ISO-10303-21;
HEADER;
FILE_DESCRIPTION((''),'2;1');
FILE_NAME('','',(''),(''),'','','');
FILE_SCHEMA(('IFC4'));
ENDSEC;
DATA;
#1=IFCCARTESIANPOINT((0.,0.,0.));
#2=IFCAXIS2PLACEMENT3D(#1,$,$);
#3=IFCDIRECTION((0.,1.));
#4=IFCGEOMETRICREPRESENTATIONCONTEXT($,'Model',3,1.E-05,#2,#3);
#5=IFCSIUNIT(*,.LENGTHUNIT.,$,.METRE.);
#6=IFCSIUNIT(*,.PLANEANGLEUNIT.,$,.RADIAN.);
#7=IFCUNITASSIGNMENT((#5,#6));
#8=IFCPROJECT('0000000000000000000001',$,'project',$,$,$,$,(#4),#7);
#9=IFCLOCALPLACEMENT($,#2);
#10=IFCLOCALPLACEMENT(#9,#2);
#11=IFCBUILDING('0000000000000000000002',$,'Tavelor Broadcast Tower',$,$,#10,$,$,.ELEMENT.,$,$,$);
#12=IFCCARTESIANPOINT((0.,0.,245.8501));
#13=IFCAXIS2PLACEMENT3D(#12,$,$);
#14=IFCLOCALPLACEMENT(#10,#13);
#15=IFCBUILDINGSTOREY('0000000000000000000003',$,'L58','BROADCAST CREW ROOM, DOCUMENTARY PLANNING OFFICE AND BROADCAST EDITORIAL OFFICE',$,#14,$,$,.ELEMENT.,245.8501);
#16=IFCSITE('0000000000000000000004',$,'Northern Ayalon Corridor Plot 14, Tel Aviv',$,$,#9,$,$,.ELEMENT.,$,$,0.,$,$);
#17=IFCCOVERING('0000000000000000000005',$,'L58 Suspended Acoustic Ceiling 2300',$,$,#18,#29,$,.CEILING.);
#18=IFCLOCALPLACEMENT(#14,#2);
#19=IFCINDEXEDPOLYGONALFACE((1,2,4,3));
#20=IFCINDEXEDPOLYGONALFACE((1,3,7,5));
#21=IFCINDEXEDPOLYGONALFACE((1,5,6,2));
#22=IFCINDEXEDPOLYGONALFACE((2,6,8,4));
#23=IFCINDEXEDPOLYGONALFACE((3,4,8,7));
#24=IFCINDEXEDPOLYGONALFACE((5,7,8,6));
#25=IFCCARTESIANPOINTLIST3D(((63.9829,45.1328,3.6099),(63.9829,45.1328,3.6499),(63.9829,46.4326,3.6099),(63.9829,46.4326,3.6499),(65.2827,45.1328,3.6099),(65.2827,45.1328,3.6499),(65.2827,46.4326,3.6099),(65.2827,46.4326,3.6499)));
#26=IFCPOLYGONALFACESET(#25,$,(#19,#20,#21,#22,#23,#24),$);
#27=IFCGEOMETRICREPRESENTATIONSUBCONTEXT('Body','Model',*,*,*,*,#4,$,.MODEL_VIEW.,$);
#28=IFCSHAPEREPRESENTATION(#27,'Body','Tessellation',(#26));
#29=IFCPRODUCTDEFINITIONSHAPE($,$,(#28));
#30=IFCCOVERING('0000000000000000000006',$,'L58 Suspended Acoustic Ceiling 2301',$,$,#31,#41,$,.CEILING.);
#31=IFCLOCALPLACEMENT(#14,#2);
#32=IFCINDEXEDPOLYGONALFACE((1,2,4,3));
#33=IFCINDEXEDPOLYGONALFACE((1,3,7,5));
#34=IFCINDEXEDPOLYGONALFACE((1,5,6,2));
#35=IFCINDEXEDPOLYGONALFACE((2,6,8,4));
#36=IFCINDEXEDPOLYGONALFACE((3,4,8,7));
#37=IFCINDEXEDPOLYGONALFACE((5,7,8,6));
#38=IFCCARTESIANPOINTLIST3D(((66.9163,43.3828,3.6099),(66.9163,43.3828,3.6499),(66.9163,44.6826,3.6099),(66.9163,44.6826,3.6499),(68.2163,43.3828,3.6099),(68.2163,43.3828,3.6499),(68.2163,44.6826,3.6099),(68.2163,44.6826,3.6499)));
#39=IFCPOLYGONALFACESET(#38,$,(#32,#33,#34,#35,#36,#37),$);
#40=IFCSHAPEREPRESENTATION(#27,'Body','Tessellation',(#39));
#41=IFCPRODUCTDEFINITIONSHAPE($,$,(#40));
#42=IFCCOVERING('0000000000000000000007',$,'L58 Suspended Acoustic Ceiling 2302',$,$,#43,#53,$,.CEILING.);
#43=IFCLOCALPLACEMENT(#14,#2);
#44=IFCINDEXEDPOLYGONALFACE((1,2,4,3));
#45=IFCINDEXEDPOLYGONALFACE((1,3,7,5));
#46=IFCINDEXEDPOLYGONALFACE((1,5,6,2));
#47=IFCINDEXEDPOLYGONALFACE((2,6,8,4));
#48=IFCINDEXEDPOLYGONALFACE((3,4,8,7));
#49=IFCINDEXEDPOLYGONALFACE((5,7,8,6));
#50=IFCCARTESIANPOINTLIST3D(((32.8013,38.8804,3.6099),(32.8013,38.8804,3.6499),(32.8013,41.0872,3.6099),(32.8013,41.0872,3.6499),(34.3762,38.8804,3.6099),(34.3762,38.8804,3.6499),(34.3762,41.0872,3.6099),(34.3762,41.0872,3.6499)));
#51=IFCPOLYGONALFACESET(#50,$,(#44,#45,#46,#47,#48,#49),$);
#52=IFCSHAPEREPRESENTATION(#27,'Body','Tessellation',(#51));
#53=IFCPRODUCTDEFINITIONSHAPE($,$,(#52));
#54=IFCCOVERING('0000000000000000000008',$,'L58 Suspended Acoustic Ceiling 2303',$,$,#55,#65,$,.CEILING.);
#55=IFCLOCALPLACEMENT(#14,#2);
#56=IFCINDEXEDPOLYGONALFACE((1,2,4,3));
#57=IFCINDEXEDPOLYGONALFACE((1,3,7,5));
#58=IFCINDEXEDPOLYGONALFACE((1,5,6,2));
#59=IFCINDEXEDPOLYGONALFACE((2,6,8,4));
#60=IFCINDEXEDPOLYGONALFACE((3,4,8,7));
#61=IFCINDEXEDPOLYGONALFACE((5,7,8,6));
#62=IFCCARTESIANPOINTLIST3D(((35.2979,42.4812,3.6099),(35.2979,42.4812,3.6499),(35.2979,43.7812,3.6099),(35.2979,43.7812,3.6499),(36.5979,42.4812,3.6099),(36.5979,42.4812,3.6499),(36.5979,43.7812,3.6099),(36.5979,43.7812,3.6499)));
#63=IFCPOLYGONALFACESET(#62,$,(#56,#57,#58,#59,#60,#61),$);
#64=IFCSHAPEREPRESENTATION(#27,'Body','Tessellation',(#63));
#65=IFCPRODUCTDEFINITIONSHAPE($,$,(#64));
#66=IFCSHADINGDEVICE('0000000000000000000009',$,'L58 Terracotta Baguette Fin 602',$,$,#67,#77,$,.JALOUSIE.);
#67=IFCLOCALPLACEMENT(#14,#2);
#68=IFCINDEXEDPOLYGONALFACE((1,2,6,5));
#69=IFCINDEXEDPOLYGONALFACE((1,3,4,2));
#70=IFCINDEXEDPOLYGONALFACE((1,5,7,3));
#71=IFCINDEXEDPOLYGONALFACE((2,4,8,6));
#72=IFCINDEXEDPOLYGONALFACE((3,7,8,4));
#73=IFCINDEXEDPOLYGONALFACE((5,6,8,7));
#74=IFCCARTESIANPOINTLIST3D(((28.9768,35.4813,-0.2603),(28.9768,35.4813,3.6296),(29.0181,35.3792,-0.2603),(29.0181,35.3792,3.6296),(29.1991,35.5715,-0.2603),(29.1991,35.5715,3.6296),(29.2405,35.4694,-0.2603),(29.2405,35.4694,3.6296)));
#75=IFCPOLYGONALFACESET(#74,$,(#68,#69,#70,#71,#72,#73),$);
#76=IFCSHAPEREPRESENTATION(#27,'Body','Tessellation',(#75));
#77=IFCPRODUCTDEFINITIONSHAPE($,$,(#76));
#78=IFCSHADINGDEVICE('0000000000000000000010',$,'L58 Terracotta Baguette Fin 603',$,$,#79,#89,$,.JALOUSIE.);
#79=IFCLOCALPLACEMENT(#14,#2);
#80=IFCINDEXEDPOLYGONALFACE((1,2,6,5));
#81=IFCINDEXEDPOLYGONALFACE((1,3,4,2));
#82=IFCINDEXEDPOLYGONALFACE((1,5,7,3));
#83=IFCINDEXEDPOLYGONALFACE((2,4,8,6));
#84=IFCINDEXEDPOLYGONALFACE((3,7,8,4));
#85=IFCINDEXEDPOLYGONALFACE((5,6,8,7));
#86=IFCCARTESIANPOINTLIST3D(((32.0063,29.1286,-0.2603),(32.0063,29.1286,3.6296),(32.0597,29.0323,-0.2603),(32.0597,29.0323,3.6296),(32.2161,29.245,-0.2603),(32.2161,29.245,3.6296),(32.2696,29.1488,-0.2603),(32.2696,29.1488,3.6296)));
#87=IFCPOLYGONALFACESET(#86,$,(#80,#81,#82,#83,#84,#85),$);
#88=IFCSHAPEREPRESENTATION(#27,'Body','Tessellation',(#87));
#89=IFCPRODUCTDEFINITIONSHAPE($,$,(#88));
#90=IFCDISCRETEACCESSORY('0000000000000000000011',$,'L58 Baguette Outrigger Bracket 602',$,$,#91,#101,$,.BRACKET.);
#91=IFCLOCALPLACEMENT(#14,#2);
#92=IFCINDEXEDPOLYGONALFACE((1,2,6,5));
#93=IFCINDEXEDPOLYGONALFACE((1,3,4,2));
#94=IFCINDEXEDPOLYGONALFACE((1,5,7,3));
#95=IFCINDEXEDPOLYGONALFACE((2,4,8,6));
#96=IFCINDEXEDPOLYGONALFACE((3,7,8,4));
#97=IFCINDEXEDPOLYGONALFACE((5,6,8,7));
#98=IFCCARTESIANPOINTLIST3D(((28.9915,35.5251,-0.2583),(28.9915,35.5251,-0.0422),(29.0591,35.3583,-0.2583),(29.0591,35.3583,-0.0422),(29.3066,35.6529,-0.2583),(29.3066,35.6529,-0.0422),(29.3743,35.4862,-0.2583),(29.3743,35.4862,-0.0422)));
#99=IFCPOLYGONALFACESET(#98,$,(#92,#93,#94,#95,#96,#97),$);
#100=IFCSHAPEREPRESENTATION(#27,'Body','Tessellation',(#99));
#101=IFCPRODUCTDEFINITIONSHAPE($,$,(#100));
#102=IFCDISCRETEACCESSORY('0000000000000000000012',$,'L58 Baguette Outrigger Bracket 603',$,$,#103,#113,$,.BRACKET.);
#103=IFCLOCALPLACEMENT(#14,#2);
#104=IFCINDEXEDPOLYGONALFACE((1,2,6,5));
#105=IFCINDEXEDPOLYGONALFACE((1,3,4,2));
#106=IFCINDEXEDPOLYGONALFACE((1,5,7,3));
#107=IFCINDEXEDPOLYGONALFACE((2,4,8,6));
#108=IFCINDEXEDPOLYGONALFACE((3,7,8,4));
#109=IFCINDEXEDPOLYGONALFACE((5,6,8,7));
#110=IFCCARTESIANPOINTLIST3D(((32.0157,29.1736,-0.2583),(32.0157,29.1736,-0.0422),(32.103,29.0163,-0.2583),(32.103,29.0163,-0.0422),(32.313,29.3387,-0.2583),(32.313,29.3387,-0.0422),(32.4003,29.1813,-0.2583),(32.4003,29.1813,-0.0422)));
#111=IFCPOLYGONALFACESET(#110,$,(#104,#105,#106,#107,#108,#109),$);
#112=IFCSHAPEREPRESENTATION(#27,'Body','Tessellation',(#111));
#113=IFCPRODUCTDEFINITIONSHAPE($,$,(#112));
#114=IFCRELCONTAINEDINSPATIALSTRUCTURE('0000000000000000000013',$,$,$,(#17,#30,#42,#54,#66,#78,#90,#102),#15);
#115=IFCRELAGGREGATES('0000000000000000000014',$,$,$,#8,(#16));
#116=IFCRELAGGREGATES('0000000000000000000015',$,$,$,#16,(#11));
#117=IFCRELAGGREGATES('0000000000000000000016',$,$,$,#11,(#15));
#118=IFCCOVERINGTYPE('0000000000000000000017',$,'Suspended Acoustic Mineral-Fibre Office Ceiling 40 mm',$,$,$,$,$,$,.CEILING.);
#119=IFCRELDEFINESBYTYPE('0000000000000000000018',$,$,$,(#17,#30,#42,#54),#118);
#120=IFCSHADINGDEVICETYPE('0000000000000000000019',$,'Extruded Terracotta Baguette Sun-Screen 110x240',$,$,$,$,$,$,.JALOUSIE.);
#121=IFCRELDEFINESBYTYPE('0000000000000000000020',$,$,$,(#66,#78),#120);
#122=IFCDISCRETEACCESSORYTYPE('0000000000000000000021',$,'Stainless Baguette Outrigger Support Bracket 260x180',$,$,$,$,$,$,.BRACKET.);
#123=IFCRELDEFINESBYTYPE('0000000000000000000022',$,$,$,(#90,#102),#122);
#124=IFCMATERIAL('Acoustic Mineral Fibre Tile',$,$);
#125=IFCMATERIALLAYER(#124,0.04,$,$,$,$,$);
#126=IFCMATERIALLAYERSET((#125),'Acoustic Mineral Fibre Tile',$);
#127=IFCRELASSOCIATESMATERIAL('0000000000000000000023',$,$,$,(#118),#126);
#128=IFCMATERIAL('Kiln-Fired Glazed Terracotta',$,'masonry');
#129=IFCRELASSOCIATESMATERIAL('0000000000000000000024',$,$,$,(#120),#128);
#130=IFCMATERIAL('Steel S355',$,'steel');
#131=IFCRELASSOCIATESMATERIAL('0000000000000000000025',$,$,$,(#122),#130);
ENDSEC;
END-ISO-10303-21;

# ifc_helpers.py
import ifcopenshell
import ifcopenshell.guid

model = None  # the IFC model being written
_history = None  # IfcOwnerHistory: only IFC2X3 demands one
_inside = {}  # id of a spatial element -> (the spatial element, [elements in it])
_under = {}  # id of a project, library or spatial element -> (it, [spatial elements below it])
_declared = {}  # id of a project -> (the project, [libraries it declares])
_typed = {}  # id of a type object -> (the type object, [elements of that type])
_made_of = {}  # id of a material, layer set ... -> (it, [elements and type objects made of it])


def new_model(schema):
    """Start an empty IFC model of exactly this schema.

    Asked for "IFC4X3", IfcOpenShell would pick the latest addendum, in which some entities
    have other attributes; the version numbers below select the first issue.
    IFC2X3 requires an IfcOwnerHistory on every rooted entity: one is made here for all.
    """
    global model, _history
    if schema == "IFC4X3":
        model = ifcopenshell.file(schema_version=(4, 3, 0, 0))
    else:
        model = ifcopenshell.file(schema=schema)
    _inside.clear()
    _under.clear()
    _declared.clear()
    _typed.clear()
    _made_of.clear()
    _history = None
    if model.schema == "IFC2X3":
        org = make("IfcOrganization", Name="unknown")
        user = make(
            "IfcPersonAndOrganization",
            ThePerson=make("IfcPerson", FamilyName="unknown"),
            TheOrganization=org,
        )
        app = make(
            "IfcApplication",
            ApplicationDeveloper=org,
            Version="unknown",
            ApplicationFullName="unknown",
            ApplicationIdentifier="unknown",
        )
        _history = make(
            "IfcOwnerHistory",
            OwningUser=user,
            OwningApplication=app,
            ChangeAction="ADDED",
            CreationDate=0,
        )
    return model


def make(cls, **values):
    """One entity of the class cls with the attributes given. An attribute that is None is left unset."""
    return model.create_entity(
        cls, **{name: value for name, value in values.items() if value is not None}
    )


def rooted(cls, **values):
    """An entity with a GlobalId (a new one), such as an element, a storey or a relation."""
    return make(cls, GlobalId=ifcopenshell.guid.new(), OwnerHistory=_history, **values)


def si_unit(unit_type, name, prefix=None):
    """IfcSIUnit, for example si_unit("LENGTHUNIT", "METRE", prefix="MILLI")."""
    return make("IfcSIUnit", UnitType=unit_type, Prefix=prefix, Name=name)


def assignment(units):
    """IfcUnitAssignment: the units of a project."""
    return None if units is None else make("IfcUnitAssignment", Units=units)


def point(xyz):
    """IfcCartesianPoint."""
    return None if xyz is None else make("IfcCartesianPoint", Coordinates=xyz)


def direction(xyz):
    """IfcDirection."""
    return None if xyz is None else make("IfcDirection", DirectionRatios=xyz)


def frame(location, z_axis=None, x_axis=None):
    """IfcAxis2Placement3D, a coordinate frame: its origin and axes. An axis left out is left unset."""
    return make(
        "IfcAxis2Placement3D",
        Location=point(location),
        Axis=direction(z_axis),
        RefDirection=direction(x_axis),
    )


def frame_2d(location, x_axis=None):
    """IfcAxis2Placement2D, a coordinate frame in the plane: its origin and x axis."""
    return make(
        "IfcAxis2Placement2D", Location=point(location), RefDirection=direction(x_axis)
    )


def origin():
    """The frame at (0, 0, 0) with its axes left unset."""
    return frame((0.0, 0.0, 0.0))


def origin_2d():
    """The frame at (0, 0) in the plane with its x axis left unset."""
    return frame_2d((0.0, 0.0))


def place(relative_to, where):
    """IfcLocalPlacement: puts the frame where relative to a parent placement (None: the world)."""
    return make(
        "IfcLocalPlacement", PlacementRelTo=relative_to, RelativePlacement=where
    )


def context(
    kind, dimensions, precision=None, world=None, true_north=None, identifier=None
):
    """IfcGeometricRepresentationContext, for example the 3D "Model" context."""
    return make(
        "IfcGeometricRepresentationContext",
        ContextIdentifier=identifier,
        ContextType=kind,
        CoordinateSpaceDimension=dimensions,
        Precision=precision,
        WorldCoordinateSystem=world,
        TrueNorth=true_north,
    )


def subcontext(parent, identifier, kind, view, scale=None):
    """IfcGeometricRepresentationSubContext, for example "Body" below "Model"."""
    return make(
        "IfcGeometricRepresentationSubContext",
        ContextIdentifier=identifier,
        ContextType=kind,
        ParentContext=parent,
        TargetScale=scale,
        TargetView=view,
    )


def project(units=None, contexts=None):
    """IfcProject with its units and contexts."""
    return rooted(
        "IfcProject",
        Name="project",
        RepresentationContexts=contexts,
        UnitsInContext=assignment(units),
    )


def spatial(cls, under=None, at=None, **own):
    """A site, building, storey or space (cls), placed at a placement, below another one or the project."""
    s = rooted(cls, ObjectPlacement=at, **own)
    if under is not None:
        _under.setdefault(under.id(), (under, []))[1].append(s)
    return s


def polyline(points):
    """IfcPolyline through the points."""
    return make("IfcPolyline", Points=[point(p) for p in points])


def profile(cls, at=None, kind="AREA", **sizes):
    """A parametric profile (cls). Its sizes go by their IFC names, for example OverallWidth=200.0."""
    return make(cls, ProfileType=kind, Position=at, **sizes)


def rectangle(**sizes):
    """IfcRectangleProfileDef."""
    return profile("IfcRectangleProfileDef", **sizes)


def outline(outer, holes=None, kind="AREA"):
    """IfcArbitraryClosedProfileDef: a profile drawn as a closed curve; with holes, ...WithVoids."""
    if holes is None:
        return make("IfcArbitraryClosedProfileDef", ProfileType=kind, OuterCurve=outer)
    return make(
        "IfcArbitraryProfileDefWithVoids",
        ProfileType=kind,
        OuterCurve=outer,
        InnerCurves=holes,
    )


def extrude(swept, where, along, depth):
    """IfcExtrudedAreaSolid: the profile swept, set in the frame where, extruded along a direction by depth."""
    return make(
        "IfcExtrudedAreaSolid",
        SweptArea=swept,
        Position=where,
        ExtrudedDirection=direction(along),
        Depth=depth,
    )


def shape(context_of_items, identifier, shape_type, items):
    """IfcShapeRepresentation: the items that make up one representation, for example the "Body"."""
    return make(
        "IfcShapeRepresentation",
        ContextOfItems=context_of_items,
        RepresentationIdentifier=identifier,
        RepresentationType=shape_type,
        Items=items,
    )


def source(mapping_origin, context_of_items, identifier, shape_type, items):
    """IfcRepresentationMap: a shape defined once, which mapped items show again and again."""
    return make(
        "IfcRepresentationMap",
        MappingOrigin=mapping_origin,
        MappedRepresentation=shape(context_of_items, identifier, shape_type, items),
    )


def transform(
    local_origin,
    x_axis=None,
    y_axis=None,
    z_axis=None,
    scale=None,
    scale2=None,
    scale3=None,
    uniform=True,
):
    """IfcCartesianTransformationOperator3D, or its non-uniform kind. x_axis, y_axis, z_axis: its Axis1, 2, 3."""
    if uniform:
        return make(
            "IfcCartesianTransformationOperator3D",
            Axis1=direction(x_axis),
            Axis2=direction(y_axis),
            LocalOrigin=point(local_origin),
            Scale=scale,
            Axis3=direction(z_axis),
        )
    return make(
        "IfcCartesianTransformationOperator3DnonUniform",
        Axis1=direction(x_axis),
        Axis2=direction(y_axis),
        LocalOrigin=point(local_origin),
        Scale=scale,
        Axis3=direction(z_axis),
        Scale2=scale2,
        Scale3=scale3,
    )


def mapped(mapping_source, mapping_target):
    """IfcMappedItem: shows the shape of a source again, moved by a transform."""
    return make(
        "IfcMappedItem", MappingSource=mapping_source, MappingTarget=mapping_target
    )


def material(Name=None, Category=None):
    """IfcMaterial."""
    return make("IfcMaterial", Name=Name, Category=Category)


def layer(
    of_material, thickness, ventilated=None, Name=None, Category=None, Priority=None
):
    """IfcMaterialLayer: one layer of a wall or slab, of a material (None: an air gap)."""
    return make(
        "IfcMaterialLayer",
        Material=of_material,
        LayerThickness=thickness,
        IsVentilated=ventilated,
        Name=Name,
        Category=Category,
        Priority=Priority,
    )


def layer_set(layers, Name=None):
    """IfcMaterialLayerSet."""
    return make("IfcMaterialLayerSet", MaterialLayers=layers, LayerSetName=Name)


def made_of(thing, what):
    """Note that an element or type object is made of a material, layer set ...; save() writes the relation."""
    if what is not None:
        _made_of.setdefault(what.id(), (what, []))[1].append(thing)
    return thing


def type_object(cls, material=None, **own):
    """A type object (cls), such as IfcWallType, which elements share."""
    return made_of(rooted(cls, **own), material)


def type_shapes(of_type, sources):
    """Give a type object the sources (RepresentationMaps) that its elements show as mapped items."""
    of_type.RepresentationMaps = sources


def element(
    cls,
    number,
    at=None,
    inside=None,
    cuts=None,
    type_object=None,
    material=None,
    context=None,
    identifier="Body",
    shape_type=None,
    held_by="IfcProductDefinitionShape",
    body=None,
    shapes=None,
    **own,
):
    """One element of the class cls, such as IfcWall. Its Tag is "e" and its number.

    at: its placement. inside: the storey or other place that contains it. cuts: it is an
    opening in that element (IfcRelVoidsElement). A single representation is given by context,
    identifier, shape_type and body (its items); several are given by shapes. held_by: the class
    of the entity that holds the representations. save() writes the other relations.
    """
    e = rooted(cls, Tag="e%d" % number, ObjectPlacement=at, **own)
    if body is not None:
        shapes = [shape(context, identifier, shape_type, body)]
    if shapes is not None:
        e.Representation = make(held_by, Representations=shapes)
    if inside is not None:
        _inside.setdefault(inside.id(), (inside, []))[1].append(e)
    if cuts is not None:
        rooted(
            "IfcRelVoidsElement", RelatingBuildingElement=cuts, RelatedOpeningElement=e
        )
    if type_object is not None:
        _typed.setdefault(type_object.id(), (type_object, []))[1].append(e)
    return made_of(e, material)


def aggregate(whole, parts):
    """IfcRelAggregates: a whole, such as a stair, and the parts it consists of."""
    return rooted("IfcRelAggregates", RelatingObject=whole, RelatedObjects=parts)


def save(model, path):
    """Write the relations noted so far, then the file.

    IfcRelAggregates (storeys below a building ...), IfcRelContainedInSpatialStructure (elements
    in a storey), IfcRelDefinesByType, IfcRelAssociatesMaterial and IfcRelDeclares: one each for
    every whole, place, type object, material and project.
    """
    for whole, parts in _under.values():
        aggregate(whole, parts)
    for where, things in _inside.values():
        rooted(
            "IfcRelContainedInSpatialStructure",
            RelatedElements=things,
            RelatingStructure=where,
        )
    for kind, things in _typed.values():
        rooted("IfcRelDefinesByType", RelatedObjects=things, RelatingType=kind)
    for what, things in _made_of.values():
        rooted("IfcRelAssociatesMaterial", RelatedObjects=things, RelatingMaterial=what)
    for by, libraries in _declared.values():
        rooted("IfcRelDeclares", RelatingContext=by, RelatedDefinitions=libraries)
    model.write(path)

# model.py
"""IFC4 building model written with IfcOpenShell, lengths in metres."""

from ifc_helpers import new_model, si_unit, direction, frame, origin, origin_2d, place, context, subcontext, project, spatial, polyline, rectangle, outline, extrude, source, transform, mapped, material, layer, layer_set, type_object, type_shapes, element, save


model = new_model("IFC4")

# Units and contexts
model_context = context("Model", 3, precision=1e-05, world=origin(), true_north=direction((0.0, 1.0)))
body_context = subcontext(model_context, "Body", "Model", "MODEL_VIEW")
ifc_project = project(units=[si_unit("LENGTHUNIT", "METRE"), si_unit("PLANEANGLEUNIT", "RADIAN")], contexts=[model_context])

# Site, building, storey
site_placement = place(None, origin())
site = spatial("IfcSite", under=ifc_project, at=site_placement, Name="Northern Ayalon Corridor Plot 14, Tel Aviv", CompositionType="ELEMENT", RefElevation=0.0)
building_placement = place(site_placement, origin())
building = spatial("IfcBuilding", under=site, at=building_placement, Name="Tavelor Broadcast Tower", CompositionType="ELEMENT")
storey_placement = place(building_placement, frame((0.0, 0.0, 245.8501)))
storey = spatial("IfcBuildingStorey", under=building, at=storey_placement, Name="L58", Description="BROADCAST CREW ROOM, DOCUMENTARY PLANNING OFFICE AND BROADCAST EDITORIAL OFFICE", CompositionType="ELEMENT", Elevation=245.8501)

# Coverings
ifc_material_1 = material(Name="Acoustic Mineral Fibre Tile")
ifc_layer_1 = layer(ifc_material_1, 0.04)
ifc_layer_set_1 = layer_set([ifc_layer_1], Name="Acoustic Mineral Fibre Tile")
covering_type_1 = type_object("IfcCoveringType", Name="Suspended Acoustic Mineral-Fibre Office Ceiling 40 mm", PredefinedType="CEILING", material=ifc_layer_set_1)
covering_1_placement = place(storey_placement, frame((0.0, 0.0, 3.6099)))
element("IfcCovering", 1, at=covering_1_placement, inside=storey, type_object=covering_type_1, Name="L58 Suspended Acoustic Ceiling 2300", PredefinedType="CEILING", context=body_context, shape_type="SweptSolid", body=[
    extrude(outline(polyline([(63.9829, 45.1328), (65.2827, 45.1328), (65.2827, 46.4326), (63.9829, 46.4326), (63.9829, 45.1328)])), origin(), (0.0, 0.0, 1.0), 0.04),
])
covering_2_placement = place(storey_placement, frame((0.0, 0.0, 3.6099)))
element("IfcCovering", 2, at=covering_2_placement, inside=storey, type_object=covering_type_1, Name="L58 Suspended Acoustic Ceiling 2301", PredefinedType="CEILING", context=body_context, shape_type="SweptSolid", body=[
    extrude(outline(polyline([(66.9163, 43.3828), (68.2163, 43.3828), (68.2163, 44.6826), (66.9163, 44.6826), (66.9163, 43.3828)])), origin(), (0.0, 0.0, 1.0), 0.04),
])
covering_3_placement = place(storey_placement, frame((0.0, 0.0, 3.6099)))
element("IfcCovering", 3, at=covering_3_placement, inside=storey, type_object=covering_type_1, Name="L58 Suspended Acoustic Ceiling 2302", PredefinedType="CEILING", context=body_context, shape_type="SweptSolid", body=[
    extrude(outline(polyline([(32.8013, 38.8804), (34.3762, 38.8804), (34.3762, 41.0872), (32.8013, 41.0872), (32.8013, 38.8804)])), origin(), (0.0, 0.0, 1.0), 0.04),
])
covering_4_placement = place(storey_placement, frame((0.0, 0.0, 3.6099)))
element("IfcCovering", 4, at=covering_4_placement, inside=storey, type_object=covering_type_1, Name="L58 Suspended Acoustic Ceiling 2303", PredefinedType="CEILING", context=body_context, shape_type="SweptSolid", body=[
    extrude(outline(polyline([(35.2979, 42.4812), (36.5979, 42.4812), (36.5979, 43.7812), (35.2979, 43.7812), (35.2979, 42.4812)])), origin(), (0.0, 0.0, 1.0), 0.04),
])

# Shading devices
ifc_material_2 = material(Name="Kiln-Fired Glazed Terracotta", Category="masonry")
shading_device_type = type_object("IfcShadingDeviceType", Name="Extruded Terracotta Baguette Sun-Screen 110x240", PredefinedType="JALOUSIE", material=ifc_material_2)
shared_shape_1 = source(origin(), body_context, "Body", "SweptSolid", [
    extrude(rectangle(XDim=0.1101, YDim=0.24, at=origin_2d()), origin(), (0.0, 0.0, 1.0), 3.8899),
])
type_shapes(shading_device_type, [shared_shape_1])
for number, where, z_axis, x_axis, name in (
    (5, (29.1086, 35.4753, -0.2603), (0.0, 0.0, 1.0), (0.375901, -0.92666, 0.0), "L58 Terracotta Baguette Fin 602"),
    (6, (32.1379, 29.1387, -0.2603), (0.0, 0.0, 1.0), (0.485268, -0.874366, 0.0), "L58 Terracotta Baguette Fin 603"),
):
    element("IfcShadingDevice", number, at=place(storey_placement, frame(where, z_axis=z_axis, x_axis=x_axis)), inside=storey, type_object=shading_device_type, Name=name, PredefinedType="JALOUSIE", context=body_context, shape_type="MappedRepresentation", body=[
        mapped(shared_shape_1, transform((0.0, 0.0, 0.0), scale=1.0)),
    ])

# Discrete accessories
ifc_material_3 = material(Name="Steel S355", Category="steel")
discrete_accessory_type = type_object("IfcDiscreteAccessoryType", Name="Stainless Baguette Outrigger Support Bracket 260x180", PredefinedType="BRACKET", material=ifc_material_3)
shared_shape_2 = source(origin(), body_context, "Body", "SweptSolid", [
    extrude(rectangle(XDim=0.1799, YDim=0.3401, at=origin_2d()), origin(), (0.0, 0.0, 1.0), 0.2161),
])
type_shapes(discrete_accessory_type, [shared_shape_2])
for number, where, z_axis, x_axis, name in (
    (7, (29.1829, 35.5056, -0.2583), (0.0, 0.0, 1.0), (0.375901, -0.92666, 0.0), "L58 Baguette Outrigger Bracket 602"),
    (8, (32.208, 29.1775, -0.2583), (0.0, 0.0, 1.0), (0.485268, -0.874366, 0.0), "L58 Baguette Outrigger Bracket 603"),
):
    element("IfcDiscreteAccessory", number, at=place(storey_placement, frame(where, z_axis=z_axis, x_axis=x_axis)), inside=storey, type_object=discrete_accessory_type, Name=name, PredefinedType="BRACKET", context=body_context, shape_type="MappedRepresentation", body=[
        mapped(shared_shape_2, transform((0.0, 0.0, 0.0), scale=1.0)),
    ])

save(model, "model.ifc")
